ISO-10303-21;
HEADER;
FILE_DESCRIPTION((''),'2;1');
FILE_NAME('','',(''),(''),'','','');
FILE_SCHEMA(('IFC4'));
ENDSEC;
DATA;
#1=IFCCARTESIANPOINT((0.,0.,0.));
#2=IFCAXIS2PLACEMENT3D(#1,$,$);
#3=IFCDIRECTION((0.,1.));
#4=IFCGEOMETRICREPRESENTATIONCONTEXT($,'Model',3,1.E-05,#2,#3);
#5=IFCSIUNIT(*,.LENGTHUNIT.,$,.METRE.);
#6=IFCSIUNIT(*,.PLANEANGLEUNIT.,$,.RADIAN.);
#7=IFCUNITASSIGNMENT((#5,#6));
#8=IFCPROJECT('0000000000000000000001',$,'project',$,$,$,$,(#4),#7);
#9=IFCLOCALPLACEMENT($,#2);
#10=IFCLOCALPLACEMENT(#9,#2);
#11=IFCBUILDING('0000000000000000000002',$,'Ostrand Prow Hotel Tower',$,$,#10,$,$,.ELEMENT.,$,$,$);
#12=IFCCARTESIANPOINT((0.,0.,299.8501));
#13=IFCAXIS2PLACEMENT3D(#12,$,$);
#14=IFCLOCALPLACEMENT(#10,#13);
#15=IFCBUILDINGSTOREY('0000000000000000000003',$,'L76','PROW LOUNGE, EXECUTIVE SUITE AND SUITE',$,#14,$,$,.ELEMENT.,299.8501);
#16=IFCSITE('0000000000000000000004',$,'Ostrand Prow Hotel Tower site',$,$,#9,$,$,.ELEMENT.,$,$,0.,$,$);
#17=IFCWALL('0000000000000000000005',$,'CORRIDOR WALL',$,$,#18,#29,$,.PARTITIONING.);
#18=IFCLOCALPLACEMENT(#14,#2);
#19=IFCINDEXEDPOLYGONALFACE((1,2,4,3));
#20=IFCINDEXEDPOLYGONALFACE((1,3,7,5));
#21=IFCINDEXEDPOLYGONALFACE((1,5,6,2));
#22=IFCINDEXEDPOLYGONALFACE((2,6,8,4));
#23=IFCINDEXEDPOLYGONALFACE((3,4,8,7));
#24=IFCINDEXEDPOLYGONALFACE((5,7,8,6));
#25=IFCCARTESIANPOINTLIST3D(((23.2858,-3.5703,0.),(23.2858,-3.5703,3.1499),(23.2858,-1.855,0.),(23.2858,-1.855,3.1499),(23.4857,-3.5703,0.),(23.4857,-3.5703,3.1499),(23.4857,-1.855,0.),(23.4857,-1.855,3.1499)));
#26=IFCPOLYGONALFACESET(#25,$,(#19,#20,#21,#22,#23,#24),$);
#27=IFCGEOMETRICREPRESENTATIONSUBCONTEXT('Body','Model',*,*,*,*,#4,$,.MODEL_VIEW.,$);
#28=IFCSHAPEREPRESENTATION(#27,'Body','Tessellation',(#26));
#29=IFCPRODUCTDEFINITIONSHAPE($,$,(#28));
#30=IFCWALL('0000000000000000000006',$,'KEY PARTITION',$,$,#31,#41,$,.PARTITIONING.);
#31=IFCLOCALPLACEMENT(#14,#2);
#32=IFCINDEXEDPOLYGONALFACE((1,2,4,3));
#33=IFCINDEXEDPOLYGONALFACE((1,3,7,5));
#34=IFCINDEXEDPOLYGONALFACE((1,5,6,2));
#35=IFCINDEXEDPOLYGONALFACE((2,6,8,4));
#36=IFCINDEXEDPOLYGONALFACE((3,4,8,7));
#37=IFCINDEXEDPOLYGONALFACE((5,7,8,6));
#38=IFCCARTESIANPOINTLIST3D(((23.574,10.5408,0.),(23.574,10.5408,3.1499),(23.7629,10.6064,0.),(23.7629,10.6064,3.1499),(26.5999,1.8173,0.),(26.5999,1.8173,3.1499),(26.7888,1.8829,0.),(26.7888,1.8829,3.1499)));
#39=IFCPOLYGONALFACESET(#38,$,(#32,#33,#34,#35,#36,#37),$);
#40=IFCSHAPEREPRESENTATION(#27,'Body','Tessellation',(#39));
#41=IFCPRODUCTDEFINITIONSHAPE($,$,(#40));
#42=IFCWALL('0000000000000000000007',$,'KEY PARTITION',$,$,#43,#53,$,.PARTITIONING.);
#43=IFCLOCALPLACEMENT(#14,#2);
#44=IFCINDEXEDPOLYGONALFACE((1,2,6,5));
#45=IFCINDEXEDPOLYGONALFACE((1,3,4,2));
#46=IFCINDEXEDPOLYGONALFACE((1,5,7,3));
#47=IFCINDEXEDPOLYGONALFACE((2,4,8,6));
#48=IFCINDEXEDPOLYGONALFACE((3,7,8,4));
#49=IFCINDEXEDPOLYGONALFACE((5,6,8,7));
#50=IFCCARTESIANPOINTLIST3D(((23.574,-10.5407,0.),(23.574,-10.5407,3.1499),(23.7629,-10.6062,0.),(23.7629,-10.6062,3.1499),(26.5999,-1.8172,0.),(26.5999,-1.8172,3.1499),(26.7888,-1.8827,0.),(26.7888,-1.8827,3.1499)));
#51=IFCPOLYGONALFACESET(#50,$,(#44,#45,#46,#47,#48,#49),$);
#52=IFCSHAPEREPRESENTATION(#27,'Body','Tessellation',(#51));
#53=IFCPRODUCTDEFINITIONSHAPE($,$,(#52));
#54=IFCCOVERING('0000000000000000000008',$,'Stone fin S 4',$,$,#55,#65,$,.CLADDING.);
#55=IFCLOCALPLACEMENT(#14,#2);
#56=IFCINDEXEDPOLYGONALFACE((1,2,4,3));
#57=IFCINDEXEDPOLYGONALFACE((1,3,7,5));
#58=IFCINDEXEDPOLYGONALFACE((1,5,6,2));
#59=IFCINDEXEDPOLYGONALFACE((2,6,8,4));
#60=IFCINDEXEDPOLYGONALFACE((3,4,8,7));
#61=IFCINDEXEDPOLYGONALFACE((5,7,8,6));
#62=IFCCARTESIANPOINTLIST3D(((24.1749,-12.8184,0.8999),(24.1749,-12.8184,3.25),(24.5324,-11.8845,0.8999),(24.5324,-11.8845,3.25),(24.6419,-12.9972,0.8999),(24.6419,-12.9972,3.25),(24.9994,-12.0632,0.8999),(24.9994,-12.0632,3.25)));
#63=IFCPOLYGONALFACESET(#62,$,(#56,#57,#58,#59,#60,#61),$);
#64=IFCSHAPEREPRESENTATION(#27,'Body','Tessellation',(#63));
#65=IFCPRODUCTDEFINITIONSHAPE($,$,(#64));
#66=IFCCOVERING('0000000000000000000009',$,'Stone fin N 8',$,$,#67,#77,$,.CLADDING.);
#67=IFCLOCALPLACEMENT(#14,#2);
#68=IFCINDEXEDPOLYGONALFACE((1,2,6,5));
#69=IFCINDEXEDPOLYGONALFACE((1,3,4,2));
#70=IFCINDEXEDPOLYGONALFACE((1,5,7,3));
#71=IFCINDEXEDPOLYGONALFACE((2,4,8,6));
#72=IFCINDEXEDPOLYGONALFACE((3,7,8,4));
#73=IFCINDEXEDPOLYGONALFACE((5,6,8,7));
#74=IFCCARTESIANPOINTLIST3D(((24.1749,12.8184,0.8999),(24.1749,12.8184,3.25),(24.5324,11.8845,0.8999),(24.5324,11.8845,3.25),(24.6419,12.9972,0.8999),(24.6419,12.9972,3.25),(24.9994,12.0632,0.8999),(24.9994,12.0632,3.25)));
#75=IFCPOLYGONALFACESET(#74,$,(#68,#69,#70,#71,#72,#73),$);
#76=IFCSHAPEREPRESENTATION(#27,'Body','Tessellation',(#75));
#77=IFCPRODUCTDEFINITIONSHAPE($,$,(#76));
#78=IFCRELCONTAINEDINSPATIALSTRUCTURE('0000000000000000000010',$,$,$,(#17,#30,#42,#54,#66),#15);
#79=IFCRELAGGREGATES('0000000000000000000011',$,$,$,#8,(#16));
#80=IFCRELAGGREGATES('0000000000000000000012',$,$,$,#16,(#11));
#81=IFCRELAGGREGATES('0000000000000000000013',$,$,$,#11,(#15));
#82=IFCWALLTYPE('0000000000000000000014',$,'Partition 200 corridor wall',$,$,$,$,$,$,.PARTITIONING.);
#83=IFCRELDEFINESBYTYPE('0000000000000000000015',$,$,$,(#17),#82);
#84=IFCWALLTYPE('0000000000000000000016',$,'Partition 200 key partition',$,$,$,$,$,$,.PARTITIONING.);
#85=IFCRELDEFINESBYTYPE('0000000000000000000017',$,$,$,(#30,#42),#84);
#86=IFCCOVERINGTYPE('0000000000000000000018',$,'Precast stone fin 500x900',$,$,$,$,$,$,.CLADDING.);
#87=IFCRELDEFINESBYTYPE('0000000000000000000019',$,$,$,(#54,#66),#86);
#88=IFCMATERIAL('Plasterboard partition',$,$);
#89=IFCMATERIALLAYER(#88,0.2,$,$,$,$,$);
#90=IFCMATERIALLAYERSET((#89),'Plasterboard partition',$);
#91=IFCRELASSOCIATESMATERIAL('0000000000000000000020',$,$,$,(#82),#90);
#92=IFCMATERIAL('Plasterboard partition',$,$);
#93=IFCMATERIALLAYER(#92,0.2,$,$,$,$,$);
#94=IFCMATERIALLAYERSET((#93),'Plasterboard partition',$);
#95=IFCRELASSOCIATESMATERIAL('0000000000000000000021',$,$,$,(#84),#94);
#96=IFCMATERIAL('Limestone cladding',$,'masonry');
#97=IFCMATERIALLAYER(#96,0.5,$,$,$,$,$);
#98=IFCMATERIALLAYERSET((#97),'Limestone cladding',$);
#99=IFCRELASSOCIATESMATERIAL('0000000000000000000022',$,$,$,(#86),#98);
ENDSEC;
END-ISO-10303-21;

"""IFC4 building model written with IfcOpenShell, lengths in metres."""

from ifc_helpers import new_model, si_unit, direction, frame, frame_2d, origin, place, context, subcontext, project, spatial, rectangle, extrude, material, layer, layer_set, type_object, element, save


model = new_model("IFC4")

# Units and contexts
model_context = context("Model", 3, precision=1e-05, world=origin(), true_north=direction((0.0, 1.0)))
body_context = subcontext(model_context, "Body", "Model", "MODEL_VIEW")
ifc_project = project(units=[si_unit("LENGTHUNIT", "METRE"), si_unit("PLANEANGLEUNIT", "RADIAN")], contexts=[model_context])

# Site, building, storey
site_placement = place(None, origin())
site = spatial("IfcSite", under=ifc_project, at=site_placement, Name="Ostrand Prow Hotel Tower site", CompositionType="ELEMENT", RefElevation=0.0)
building_placement = place(site_placement, origin())
building = spatial("IfcBuilding", under=site, at=building_placement, Name="Ostrand Prow Hotel Tower", CompositionType="ELEMENT")
storey_placement = place(building_placement, frame((0.0, 0.0, 299.8501)))
storey = spatial("IfcBuildingStorey", under=building, at=storey_placement, Name="L76", Description="PROW LOUNGE, EXECUTIVE SUITE AND SUITE", CompositionType="ELEMENT", Elevation=299.8501)

# Walls
ifc_material_1 = material(Name="Plasterboard partition")
ifc_layer_1 = layer(ifc_material_1, 0.2)
ifc_layer_set_1 = layer_set([ifc_layer_1], Name="Plasterboard partition")
wall_type_1 = type_object("IfcWallType", Name="Partition 200 corridor wall", PredefinedType="PARTITIONING", material=ifc_layer_set_1)
wall_1_placement = place(storey_placement, frame((23.3857, -1.855, 0.0), z_axis=(0.0, 0.0, 1.0), x_axis=(0.0, -1.0, 0.0)))
element("IfcWall", 1, at=wall_1_placement, inside=storey, type_object=wall_type_1, Name="CORRIDOR WALL", PredefinedType="PARTITIONING", context=body_context, shape_type="SweptSolid", body=[
    extrude(rectangle(XDim=1.7153, YDim=0.2, at=frame_2d((0.8577, 0.0))), origin(), (0.0, 0.0, 1.0), 3.1499),
])
ifc_material_2 = material(Name="Plasterboard partition")
ifc_layer_2 = layer(ifc_material_2, 0.2)
ifc_layer_set_2 = layer_set([ifc_layer_2], Name="Plasterboard partition")
wall_type_2 = type_object("IfcWallType", Name="Partition 200 key partition", PredefinedType="PARTITIONING", material=ifc_layer_set_2)
for number, where, z_axis, x_axis, name in (
    (2, (26.6943, 1.8501, 0.0), (0.0, 0.0, 1.0), (-0.327714, 0.944777, 0.0), "KEY PARTITION"),
    (3, (23.6685, -10.5735, 0.0), (0.0, 0.0, 1.0), (0.327714, 0.944777, 0.0), "KEY PARTITION"),
):
    element("IfcWall", number, at=place(storey_placement, frame(where, z_axis=z_axis, x_axis=x_axis)), inside=storey, type_object=wall_type_2, Name=name, PredefinedType="PARTITIONING", context=body_context, shape_type="SweptSolid", body=[
        extrude(rectangle(XDim=9.2334, YDim=0.2, at=frame_2d((4.6167, 0.0))), origin(), (0.0, 0.0, 1.0), 3.1499),
    ])

# Coverings
ifc_material_3 = material(Name="Limestone cladding", Category="masonry")
ifc_layer_3 = layer(ifc_material_3, 0.5)
ifc_layer_set_3 = layer_set([ifc_layer_3], Name="Limestone cladding")
covering_type = type_object("IfcCoveringType", Name="Precast stone fin 500x900", PredefinedType="CLADDING", material=ifc_layer_set_3)
for number, where, z_axis, x_axis, name in (
    (4, (24.7659, -11.9739, 0.8999), (0.0, 0.0, 1.0), (-0.357457, -0.93393, 0.0), "Stone fin S 4"),
    (5, (24.7659, 11.9739, 0.8999), (0.0, 0.0, 1.0), (-0.357457, 0.93393, 0.0), "Stone fin N 8"),
):
    element("IfcCovering", number, at=place(storey_placement, frame(where, z_axis=z_axis, x_axis=x_axis)), inside=storey, type_object=covering_type, Name=name, PredefinedType="CLADDING", context=body_context, shape_type="SweptSolid", body=[
        extrude(rectangle(XDim=1.0, YDim=0.5, at=frame_2d((0.5, 0.0))), origin(), (0.0, 0.0, 1.0), 2.3501),
    ])

save(model, "model.ifc")
